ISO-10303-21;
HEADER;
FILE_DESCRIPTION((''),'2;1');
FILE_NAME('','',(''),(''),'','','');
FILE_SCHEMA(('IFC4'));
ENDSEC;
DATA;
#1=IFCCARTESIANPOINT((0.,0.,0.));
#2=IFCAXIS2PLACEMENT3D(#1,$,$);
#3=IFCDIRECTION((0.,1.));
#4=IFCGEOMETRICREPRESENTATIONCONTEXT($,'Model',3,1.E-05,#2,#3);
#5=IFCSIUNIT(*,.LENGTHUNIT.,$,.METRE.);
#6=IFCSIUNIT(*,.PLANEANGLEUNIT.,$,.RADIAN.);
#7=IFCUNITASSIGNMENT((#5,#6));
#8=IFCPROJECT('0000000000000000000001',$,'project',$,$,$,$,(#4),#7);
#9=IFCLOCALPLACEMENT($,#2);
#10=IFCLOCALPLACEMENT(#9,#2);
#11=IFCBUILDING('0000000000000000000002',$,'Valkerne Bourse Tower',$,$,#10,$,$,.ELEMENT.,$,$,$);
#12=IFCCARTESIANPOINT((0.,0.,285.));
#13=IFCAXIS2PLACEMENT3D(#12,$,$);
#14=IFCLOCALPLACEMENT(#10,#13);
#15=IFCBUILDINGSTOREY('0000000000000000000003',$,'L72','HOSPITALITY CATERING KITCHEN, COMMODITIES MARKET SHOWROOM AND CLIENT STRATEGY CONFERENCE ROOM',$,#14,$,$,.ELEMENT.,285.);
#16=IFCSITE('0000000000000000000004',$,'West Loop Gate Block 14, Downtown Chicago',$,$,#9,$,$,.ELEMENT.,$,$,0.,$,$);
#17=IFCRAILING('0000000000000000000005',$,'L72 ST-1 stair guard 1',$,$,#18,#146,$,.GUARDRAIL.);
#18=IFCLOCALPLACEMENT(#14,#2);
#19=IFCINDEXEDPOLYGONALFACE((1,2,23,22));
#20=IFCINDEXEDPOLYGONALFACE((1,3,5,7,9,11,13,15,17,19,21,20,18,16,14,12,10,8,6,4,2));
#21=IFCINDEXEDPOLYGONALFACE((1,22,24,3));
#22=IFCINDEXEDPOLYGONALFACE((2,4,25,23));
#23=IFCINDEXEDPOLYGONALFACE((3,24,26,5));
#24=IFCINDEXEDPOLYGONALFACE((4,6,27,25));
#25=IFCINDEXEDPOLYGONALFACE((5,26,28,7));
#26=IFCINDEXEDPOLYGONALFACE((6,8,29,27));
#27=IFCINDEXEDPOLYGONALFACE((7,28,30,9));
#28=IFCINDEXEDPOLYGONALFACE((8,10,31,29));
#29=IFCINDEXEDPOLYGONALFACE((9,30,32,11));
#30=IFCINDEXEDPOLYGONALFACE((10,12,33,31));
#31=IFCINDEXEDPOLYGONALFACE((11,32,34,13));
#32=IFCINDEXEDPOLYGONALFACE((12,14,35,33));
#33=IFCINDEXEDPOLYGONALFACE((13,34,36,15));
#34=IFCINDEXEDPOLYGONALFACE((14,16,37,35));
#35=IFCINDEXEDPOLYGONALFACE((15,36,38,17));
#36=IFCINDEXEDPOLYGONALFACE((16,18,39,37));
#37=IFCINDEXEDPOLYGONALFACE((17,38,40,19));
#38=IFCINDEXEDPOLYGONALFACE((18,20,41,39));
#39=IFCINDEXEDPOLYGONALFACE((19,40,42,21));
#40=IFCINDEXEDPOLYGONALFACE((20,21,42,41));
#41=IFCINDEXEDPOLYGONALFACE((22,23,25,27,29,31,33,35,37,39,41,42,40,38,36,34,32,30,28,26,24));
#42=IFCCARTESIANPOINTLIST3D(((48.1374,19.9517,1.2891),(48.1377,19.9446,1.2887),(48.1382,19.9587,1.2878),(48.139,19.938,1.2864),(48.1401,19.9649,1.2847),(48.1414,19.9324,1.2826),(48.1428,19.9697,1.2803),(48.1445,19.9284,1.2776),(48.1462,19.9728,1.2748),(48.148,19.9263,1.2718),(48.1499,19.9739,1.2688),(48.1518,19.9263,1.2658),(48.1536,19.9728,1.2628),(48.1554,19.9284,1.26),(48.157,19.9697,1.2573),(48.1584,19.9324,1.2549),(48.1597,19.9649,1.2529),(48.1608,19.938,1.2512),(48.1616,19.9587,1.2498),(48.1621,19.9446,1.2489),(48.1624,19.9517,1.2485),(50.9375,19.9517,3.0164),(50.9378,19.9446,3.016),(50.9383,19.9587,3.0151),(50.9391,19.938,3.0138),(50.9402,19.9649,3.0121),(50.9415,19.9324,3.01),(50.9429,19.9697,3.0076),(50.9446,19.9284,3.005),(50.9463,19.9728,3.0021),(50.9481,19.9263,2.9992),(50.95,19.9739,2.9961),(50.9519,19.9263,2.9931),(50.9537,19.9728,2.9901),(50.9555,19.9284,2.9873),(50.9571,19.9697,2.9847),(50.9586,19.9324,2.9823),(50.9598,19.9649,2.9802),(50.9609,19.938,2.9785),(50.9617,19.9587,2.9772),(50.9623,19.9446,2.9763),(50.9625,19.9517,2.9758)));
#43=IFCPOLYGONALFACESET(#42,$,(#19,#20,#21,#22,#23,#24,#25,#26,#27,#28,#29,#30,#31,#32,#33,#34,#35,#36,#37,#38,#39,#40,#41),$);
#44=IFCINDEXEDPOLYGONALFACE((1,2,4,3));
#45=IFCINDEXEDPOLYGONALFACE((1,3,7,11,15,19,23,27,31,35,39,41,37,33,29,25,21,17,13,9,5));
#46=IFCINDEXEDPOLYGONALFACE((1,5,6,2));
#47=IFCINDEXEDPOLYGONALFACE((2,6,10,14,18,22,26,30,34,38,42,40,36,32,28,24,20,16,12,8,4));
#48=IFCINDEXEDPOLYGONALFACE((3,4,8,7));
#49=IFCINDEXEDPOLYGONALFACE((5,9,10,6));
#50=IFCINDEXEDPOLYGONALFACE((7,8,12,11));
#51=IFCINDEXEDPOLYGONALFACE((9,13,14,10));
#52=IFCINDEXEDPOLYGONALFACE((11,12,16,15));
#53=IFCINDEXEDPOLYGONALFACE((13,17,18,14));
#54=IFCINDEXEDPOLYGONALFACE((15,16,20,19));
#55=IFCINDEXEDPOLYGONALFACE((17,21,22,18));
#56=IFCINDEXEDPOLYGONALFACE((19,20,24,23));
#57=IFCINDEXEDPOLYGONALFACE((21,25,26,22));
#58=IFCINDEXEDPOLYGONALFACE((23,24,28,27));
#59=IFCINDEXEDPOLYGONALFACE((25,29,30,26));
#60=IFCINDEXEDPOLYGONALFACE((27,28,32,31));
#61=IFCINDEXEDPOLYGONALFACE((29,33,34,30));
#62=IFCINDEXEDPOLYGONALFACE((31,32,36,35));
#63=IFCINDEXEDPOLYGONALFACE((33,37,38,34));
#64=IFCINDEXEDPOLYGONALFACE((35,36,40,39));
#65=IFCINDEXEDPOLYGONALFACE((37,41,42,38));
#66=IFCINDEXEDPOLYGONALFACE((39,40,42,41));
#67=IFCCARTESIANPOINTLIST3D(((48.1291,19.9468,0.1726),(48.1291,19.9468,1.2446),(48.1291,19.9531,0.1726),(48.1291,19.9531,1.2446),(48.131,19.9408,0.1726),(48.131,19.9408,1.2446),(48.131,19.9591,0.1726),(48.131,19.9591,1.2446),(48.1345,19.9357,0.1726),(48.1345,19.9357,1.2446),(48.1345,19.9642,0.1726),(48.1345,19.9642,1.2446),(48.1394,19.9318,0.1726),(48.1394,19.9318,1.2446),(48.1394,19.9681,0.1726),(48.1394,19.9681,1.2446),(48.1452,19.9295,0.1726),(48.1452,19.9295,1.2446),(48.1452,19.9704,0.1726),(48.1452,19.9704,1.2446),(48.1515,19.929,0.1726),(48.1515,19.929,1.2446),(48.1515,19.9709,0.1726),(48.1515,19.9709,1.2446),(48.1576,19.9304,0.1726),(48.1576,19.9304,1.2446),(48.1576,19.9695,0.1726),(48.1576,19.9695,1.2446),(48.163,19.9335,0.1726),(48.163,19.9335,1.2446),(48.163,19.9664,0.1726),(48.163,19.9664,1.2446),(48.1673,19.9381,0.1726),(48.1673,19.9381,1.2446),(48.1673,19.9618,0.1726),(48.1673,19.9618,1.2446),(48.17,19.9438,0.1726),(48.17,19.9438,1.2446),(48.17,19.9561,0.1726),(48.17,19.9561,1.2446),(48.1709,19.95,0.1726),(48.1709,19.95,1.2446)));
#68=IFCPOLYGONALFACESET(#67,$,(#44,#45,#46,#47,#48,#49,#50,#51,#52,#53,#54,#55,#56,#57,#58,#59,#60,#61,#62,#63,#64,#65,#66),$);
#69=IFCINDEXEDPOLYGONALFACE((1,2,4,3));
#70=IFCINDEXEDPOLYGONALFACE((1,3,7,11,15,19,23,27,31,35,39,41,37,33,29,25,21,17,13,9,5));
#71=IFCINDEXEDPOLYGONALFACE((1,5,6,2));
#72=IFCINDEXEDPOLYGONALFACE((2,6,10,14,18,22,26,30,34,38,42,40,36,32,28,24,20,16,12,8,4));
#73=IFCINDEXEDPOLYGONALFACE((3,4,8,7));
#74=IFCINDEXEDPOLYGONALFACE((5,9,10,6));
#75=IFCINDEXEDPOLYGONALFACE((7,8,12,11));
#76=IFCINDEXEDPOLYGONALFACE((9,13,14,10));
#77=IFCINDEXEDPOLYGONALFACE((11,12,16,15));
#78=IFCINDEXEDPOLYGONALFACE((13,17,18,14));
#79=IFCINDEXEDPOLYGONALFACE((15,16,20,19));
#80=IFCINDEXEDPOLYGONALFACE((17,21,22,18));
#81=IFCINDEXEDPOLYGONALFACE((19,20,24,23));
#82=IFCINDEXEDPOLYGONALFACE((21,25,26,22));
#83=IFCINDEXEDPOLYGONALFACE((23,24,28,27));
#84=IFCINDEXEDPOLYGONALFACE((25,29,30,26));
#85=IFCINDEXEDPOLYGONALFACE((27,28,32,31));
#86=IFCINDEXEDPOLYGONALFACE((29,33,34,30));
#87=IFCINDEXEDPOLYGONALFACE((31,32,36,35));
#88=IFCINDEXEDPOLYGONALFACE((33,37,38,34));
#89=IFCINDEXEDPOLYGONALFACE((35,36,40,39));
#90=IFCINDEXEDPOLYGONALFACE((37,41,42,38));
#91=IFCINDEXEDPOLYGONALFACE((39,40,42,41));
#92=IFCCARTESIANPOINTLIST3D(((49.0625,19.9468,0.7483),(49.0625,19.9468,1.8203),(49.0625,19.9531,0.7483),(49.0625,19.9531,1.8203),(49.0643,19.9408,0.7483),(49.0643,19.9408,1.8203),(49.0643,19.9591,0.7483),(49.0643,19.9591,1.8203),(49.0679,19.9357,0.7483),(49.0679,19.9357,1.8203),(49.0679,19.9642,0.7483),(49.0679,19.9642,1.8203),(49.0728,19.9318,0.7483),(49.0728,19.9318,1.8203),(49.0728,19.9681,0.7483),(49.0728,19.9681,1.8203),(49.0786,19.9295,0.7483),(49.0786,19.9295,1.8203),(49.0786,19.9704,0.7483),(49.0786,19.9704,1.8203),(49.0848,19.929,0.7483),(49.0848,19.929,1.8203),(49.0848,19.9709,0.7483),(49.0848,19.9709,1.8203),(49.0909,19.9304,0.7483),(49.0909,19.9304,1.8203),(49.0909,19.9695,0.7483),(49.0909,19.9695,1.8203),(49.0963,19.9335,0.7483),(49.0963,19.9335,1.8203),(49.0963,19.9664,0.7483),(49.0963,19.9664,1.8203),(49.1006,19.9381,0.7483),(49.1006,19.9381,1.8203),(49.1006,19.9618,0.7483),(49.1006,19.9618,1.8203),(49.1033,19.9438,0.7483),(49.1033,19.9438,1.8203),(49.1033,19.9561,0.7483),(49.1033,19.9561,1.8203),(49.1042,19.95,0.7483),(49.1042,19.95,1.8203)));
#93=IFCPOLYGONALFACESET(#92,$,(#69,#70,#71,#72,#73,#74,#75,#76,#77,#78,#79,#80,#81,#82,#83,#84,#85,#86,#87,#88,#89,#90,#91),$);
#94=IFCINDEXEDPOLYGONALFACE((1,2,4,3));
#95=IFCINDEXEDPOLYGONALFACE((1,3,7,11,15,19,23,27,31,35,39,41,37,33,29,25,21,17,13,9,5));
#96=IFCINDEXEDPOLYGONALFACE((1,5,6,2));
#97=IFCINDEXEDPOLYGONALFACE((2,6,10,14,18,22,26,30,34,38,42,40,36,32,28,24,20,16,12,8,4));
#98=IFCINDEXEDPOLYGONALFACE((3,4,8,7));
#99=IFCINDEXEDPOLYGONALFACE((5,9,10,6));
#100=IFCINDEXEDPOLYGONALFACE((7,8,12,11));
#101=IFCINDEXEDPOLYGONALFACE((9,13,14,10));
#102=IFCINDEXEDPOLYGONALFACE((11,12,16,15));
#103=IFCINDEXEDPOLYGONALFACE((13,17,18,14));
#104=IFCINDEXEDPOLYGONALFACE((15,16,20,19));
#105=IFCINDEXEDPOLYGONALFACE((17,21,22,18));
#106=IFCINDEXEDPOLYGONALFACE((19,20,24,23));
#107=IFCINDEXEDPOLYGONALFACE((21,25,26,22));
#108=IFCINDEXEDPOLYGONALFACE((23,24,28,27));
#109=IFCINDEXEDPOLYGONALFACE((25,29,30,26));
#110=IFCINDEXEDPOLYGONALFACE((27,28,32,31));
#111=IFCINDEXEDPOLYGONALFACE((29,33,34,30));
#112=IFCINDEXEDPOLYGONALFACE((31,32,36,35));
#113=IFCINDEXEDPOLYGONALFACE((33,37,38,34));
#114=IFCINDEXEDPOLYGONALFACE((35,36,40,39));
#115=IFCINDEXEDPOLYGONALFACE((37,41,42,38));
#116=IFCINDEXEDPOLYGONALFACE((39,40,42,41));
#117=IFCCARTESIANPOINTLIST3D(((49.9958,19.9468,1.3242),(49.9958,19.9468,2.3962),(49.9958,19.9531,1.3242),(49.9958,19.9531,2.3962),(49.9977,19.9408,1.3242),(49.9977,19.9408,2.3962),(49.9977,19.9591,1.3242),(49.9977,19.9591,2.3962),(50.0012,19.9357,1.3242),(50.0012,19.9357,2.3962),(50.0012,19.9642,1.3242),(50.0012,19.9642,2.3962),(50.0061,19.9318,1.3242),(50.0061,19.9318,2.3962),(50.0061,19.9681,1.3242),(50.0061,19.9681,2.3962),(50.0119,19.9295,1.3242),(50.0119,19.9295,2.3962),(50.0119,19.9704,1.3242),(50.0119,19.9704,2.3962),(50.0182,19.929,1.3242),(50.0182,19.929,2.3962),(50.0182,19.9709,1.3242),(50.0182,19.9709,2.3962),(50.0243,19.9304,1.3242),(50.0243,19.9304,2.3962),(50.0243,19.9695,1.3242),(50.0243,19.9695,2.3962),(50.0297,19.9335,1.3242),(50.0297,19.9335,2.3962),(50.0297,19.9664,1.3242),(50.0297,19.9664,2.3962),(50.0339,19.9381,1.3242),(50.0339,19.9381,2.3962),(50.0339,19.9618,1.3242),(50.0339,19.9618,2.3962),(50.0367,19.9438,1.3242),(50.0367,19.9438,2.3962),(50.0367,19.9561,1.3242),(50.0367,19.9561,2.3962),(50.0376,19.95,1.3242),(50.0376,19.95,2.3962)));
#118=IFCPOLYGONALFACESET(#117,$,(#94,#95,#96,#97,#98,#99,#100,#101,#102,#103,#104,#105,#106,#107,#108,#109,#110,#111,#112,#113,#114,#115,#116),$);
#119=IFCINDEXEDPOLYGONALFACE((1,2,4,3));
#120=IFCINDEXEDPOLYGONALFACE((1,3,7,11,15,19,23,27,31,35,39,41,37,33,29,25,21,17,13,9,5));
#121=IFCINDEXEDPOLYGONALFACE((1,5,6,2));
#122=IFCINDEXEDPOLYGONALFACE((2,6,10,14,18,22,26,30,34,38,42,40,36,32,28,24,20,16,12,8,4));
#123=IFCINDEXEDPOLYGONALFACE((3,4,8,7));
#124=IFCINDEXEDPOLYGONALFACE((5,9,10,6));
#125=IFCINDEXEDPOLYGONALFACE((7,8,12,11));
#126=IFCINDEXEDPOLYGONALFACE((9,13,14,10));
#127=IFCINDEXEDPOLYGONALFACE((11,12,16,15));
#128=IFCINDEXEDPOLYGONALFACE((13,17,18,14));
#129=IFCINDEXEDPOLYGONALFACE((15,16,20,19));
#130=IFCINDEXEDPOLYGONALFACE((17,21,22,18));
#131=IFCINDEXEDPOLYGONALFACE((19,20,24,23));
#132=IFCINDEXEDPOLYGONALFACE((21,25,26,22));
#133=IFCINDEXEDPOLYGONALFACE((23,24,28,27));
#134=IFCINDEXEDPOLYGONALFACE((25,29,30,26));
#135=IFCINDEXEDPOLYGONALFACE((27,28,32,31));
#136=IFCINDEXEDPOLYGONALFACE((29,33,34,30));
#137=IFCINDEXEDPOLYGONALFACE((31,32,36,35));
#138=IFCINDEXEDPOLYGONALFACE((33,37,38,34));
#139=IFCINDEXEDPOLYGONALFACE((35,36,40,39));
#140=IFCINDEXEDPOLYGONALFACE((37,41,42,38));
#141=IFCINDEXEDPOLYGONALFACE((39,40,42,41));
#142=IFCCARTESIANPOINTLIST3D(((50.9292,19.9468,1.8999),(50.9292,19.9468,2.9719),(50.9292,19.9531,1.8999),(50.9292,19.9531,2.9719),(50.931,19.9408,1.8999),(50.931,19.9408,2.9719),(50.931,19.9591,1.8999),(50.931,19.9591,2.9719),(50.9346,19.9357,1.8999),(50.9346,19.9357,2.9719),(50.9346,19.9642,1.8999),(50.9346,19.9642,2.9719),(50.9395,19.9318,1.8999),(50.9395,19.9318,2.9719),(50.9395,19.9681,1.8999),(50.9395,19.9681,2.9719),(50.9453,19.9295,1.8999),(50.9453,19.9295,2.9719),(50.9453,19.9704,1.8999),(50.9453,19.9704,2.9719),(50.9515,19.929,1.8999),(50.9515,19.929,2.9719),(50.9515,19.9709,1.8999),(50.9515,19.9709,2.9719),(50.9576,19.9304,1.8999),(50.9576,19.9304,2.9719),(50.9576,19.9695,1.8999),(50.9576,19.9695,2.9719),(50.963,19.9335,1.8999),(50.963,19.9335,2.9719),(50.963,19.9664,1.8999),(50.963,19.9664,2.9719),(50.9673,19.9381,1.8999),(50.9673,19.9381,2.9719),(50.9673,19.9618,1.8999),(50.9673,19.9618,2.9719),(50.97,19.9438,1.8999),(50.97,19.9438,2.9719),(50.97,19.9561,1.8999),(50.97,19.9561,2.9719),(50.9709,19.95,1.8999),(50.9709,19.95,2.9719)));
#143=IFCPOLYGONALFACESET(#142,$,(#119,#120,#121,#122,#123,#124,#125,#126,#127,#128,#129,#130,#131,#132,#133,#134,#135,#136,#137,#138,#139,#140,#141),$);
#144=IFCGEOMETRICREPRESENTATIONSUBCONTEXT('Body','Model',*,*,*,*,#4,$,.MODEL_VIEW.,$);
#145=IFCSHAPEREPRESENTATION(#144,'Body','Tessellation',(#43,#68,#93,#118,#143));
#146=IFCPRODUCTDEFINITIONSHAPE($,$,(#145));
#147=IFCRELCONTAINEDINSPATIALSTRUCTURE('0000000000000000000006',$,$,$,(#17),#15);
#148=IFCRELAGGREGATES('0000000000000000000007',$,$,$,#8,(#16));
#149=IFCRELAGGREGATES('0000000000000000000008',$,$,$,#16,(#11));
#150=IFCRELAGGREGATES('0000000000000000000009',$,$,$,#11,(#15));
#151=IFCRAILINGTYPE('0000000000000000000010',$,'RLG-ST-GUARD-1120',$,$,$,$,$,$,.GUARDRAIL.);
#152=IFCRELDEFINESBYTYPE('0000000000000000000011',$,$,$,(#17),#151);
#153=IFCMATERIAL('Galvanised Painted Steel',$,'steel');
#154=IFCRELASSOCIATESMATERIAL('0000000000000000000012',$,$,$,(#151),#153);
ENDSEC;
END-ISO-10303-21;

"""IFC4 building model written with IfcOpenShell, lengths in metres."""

from ifc_helpers import new_model, si_unit, direction, frame, origin, origin_2d, place, context, subcontext, project, spatial, circle, extrude, material, type_object, element, save


model = new_model("IFC4")

# Units and contexts
model_context = context("Model", 3, precision=1e-05, world=origin(), true_north=direction((0.0, 1.0)))
body_context = subcontext(model_context, "Body", "Model", "MODEL_VIEW")
ifc_project = project(units=[si_unit("LENGTHUNIT", "METRE"), si_unit("PLANEANGLEUNIT", "RADIAN")], contexts=[model_context])

# Site, building, storey
site_placement = place(None, origin())
site = spatial("IfcSite", under=ifc_project, at=site_placement, Name="West Loop Gate Block 14, Downtown Chicago", CompositionType="ELEMENT", RefElevation=0.0)
building_placement = place(site_placement, origin())
building = spatial("IfcBuilding", under=site, at=building_placement, Name="Valkerne Bourse Tower", CompositionType="ELEMENT")
storey_placement = place(building_placement, frame((0.0, 0.0, 285.0)))
storey = spatial("IfcBuildingStorey", under=building, at=storey_placement, Name="L72", Description="HOSPITALITY CATERING KITCHEN, COMMODITIES MARKET SHOWROOM AND CLIENT STRATEGY CONFERENCE ROOM", CompositionType="ELEMENT", Elevation=285.0)

# Shared definitions
ifc_material_1 = material(Name="Galvanised Painted Steel", Category="steel")

# Railing
railing_type_1 = type_object("IfcRailingType", Name="RLG-ST-GUARD-1120", PredefinedType="GUARDRAIL", material=ifc_material_1)
railing_1_placement = place(storey_placement, frame((48.1499, 19.95, 0.1726)))
element("IfcRailing", 1, at=railing_1_placement, inside=storey, type_object=railing_type_1, Name="L72 ST-1 stair guard 1", PredefinedType="GUARDRAIL", context=body_context, shape_type="SweptSolid", body=[
    extrude(circle(Radius=0.0239, at=origin_2d()), frame((0.0, 0.0, 1.0962), z_axis=(0.85109, 0.0, 0.52502), x_axis=(0.0, 1.0, 0.0)), (0.0, 0.0, 1.0), 3.29),
    extrude(circle(Radius=0.021, at=origin_2d()), origin(), (0.0, 0.0, 1.0), 1.072),
    extrude(circle(Radius=0.021, at=origin_2d()), frame((0.9333, 0.0, 0.5757)), (0.0, 0.0, 1.0), 1.072),
    extrude(circle(Radius=0.021, at=origin_2d()), frame((1.8667, 0.0, 1.1516)), (0.0, 0.0, 1.0), 1.072),
    extrude(circle(Radius=0.021, at=origin_2d()), frame((2.8, 0.0, 1.7273)), (0.0, 0.0, 1.0), 1.072),
])

save(model, "model.ifc")
